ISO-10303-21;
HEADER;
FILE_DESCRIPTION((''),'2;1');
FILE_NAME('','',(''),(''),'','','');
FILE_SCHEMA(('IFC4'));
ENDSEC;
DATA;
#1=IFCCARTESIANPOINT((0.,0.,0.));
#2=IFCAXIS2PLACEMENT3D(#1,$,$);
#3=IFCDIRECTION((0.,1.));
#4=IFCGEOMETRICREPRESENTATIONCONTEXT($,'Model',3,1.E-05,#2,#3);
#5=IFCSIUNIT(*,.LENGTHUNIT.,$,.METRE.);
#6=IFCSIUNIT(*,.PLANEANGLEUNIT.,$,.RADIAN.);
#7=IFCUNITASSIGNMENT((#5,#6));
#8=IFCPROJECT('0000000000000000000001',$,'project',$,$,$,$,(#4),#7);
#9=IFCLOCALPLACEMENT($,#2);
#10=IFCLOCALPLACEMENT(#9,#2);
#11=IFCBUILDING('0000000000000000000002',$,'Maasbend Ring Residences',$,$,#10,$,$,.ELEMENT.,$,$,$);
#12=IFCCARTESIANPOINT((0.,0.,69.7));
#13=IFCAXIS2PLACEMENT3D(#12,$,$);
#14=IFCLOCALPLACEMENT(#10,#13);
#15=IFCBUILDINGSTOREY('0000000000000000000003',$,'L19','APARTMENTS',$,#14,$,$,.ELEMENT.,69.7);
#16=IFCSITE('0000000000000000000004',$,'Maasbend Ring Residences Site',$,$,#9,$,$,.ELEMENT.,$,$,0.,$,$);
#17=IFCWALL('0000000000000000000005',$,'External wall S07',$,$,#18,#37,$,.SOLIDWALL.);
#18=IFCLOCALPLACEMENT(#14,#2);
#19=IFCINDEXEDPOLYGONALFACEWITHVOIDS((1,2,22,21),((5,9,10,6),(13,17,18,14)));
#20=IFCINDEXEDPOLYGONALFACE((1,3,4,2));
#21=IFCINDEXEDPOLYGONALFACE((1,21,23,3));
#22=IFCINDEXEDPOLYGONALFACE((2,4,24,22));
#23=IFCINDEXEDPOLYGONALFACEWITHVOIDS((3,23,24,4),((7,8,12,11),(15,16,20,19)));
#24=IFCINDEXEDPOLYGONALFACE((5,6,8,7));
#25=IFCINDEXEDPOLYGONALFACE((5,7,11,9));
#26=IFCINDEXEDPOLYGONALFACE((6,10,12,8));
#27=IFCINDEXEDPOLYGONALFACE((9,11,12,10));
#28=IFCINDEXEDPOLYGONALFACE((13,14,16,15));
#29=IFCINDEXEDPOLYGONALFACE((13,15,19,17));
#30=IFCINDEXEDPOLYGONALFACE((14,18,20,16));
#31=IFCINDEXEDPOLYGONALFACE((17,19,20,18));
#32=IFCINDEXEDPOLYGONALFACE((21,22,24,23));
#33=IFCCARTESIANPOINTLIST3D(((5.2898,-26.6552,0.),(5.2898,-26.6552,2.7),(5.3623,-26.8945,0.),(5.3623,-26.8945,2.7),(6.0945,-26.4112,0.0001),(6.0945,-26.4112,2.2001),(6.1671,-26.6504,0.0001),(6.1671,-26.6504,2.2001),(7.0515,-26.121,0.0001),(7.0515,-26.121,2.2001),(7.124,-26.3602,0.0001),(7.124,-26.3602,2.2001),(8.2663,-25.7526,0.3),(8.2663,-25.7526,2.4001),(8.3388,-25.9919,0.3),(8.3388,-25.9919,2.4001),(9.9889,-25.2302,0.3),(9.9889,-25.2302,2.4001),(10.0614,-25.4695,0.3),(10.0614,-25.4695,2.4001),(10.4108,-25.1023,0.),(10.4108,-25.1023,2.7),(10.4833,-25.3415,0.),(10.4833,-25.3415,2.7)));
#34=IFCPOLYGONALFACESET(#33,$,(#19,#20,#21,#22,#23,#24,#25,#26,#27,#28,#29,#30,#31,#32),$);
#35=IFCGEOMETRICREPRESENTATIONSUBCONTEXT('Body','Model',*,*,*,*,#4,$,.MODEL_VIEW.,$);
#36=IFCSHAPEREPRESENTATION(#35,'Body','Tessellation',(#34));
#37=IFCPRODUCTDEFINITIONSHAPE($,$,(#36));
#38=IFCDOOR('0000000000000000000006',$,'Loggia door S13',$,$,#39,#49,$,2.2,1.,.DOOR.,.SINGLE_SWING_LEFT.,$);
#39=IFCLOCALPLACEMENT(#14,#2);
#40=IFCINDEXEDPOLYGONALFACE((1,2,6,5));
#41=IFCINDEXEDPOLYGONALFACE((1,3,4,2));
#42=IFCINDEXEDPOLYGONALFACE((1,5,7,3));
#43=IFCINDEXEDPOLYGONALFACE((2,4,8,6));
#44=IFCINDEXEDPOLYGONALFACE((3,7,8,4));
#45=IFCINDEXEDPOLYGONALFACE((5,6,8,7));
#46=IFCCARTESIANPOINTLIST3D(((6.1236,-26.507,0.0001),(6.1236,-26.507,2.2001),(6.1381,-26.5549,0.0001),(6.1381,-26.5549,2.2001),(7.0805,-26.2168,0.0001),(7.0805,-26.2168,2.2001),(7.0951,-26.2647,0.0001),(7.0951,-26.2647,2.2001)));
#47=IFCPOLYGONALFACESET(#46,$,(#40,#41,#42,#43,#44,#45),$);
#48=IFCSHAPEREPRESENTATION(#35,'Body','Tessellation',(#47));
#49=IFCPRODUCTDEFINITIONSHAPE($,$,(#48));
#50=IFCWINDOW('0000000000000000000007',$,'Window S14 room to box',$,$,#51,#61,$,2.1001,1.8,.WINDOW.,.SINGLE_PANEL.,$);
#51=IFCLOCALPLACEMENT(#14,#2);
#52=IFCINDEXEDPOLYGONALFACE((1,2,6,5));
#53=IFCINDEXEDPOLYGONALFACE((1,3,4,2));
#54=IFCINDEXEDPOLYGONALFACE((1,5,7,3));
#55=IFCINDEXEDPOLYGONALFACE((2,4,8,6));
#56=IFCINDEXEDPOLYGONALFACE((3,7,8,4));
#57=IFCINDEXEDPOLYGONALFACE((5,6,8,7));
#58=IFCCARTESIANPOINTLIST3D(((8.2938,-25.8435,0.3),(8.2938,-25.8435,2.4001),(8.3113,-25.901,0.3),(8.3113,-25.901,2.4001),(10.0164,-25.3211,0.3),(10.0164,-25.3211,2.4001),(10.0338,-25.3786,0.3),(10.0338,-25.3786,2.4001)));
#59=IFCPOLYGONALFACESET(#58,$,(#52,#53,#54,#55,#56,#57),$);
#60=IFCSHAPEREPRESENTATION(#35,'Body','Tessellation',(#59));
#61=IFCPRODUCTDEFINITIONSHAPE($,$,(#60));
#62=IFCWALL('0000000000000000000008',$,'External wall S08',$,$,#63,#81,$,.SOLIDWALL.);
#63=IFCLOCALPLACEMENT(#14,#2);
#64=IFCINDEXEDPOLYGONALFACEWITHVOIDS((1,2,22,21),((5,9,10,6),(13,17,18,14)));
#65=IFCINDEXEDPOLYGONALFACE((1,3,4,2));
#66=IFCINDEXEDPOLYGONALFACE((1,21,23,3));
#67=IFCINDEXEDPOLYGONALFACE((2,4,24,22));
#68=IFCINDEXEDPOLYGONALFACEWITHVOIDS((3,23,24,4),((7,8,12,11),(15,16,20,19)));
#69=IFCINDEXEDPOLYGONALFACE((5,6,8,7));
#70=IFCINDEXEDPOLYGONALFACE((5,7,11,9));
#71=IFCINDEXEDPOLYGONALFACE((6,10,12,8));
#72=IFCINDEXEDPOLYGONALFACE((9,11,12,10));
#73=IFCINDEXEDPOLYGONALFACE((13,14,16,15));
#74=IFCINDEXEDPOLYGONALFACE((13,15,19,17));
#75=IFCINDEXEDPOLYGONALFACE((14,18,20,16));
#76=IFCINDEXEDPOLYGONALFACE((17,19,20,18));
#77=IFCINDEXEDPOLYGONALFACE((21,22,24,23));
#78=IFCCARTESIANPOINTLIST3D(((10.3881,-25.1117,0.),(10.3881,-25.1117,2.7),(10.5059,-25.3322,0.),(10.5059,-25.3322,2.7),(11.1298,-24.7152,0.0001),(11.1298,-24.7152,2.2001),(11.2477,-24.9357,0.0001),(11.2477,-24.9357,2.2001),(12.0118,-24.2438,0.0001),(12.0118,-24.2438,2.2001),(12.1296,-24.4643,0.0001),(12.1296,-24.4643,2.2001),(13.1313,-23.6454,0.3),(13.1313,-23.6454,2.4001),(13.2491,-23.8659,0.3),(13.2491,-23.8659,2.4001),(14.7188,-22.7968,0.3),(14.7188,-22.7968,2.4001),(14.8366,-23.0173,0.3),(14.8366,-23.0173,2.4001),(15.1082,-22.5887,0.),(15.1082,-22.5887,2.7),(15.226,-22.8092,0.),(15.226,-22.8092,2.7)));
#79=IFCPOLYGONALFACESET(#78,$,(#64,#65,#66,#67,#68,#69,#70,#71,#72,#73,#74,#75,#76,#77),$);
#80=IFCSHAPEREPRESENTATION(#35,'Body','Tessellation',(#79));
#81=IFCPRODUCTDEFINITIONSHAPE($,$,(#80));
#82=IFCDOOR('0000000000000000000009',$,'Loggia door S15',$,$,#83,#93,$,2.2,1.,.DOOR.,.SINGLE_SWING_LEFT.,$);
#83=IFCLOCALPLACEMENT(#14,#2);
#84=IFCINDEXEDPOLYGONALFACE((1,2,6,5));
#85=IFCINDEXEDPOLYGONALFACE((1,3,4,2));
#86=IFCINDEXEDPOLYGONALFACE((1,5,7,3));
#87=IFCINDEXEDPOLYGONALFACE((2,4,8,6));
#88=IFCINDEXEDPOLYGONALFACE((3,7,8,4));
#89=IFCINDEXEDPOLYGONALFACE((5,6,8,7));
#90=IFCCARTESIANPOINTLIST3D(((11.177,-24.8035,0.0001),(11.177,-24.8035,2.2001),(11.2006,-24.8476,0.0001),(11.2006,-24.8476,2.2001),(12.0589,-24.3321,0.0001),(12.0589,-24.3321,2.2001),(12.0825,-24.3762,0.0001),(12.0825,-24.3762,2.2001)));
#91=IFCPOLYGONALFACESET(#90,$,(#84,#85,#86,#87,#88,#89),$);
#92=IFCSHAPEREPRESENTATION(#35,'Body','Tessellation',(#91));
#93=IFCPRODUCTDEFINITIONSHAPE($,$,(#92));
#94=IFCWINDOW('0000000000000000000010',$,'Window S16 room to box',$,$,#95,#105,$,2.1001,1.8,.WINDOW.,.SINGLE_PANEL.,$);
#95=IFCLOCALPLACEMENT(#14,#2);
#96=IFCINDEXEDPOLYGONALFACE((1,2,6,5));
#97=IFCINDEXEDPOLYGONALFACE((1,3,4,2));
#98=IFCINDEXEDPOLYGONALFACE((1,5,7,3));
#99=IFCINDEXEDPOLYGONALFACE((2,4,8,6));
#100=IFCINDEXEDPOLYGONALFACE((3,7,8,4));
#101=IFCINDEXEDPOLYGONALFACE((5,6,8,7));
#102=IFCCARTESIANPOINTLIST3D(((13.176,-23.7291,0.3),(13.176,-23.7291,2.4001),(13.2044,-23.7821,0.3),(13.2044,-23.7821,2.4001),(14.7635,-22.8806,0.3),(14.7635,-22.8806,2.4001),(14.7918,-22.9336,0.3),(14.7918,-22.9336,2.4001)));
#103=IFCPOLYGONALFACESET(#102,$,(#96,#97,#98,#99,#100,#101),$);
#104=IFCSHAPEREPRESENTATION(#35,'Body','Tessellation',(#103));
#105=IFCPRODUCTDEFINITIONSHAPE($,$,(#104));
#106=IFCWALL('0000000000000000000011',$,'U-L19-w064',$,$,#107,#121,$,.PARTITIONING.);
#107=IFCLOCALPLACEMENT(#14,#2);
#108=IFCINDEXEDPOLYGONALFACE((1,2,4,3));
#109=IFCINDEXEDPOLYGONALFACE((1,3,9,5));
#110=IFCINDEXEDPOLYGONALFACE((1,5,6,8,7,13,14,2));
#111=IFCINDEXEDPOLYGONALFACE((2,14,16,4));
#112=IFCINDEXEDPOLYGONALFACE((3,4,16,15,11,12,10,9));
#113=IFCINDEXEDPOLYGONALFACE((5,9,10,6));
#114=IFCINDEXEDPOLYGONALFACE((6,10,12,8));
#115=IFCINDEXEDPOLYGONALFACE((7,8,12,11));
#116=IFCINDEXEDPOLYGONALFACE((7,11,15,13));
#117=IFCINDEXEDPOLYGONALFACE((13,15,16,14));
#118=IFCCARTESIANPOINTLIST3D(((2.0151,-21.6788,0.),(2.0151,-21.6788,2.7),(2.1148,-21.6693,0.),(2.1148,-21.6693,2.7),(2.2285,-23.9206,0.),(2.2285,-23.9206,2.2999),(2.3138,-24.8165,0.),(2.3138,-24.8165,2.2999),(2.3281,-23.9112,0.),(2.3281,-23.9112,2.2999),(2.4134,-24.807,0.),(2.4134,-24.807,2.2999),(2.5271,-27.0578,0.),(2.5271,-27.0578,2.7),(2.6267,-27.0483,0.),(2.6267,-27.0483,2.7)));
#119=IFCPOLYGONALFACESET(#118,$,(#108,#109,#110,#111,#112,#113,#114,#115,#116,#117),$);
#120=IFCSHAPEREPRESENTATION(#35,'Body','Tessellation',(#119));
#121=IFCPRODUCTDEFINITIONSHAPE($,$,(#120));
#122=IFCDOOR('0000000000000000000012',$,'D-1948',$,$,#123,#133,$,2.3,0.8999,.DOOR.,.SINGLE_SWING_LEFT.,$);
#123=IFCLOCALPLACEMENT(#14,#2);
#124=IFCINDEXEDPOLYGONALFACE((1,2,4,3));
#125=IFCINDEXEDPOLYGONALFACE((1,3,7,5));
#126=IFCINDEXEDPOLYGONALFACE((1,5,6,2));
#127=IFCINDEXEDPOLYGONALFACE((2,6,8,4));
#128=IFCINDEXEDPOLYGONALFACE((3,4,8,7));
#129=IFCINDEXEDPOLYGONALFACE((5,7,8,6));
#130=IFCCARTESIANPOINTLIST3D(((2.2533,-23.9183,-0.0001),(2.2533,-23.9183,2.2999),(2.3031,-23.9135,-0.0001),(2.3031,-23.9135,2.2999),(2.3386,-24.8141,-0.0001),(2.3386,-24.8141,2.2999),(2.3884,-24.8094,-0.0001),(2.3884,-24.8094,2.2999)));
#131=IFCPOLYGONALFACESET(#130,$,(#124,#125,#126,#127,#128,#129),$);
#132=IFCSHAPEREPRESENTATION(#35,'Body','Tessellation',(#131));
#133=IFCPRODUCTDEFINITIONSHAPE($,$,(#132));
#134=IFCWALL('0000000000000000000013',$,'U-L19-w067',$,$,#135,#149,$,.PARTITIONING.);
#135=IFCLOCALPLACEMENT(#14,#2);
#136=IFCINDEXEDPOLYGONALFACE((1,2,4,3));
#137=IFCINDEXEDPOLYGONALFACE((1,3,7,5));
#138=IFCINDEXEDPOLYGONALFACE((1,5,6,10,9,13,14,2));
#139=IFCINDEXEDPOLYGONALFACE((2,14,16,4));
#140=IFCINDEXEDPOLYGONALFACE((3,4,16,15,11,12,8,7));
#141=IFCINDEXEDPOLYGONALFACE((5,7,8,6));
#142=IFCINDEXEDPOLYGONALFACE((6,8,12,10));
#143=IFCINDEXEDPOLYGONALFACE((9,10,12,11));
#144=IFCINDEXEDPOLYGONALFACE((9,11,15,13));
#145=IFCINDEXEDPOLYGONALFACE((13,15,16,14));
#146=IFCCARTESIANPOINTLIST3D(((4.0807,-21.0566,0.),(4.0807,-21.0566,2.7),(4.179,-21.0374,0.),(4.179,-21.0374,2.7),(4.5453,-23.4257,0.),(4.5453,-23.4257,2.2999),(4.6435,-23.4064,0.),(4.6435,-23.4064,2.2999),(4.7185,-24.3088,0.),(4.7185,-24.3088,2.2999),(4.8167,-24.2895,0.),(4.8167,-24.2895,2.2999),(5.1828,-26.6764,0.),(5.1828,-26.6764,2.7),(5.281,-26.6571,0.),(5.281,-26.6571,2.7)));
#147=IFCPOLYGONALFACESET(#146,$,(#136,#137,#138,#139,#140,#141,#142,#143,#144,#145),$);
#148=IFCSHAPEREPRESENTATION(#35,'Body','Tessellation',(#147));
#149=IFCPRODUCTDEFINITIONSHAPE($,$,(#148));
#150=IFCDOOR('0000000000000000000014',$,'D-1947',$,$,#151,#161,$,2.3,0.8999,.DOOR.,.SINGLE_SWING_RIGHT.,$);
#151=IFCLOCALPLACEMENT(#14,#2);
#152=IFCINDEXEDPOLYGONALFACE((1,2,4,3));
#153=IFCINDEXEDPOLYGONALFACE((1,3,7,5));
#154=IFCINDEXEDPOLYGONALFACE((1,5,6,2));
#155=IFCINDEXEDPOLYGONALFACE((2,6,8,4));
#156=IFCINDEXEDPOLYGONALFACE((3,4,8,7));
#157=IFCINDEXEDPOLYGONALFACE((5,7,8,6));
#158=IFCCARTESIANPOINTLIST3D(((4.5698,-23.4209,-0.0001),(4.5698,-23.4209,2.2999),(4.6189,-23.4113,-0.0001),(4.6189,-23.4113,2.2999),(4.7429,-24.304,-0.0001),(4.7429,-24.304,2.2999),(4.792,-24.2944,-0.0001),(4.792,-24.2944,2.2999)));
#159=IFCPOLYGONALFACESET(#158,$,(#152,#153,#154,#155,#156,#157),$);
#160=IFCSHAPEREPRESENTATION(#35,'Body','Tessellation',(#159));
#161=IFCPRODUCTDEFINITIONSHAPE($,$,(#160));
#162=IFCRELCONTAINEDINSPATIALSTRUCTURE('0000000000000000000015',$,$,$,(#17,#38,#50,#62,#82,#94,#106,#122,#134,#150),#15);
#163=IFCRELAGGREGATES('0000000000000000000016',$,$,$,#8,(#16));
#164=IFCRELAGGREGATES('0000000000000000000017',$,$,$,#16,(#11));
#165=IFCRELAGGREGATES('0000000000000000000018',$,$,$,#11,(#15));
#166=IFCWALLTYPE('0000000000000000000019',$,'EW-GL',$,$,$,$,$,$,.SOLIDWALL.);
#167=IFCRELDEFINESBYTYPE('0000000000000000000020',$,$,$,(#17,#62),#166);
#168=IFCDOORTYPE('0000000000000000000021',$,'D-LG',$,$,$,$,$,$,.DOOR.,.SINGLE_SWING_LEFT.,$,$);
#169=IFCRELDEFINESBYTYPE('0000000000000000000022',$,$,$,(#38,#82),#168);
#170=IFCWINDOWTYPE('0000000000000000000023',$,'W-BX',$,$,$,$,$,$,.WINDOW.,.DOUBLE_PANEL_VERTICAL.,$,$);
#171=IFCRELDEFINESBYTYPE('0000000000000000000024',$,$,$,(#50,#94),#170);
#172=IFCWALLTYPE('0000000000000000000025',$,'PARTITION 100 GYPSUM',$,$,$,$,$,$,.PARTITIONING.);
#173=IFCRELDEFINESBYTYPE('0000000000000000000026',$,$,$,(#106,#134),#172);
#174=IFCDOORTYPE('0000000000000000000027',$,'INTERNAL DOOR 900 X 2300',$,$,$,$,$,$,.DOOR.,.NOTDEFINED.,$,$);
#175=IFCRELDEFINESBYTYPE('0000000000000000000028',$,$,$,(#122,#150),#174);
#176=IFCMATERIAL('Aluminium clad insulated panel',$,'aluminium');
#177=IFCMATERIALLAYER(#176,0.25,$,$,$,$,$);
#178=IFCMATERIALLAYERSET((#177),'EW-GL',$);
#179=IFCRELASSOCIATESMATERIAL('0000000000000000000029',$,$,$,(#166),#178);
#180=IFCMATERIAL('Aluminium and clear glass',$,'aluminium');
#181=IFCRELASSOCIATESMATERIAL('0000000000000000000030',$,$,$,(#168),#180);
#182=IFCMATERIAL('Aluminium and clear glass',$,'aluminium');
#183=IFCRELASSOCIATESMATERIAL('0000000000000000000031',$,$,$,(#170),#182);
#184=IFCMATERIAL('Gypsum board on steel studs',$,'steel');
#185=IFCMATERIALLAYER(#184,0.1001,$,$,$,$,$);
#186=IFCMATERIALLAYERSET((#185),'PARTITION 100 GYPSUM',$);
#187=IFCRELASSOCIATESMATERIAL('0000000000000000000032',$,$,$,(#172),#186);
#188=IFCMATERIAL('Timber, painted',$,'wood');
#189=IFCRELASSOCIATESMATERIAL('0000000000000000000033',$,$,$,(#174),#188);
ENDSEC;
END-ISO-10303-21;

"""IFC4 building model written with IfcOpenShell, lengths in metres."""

from ifc_helpers import new_model, si_unit, direction, frame, frame_2d, origin, place, context, subcontext, project, spatial, rectangle, extrude, material, layer, layer_set, type_object, element, fill, save


model = new_model("IFC4")

# Units and contexts
model_context = context("Model", 3, precision=1e-05, world=origin(), true_north=direction((0.0, 1.0)))
body_context = subcontext(model_context, "Body", "Model", "MODEL_VIEW")
ifc_project = project(units=[si_unit("LENGTHUNIT", "METRE"), si_unit("PLANEANGLEUNIT", "RADIAN")], contexts=[model_context])

# Site, building, storey
site_placement = place(None, origin())
site = spatial("IfcSite", under=ifc_project, at=site_placement, Name="Maasbend Ring Residences Site", CompositionType="ELEMENT", RefElevation=0.0)
building_placement = place(site_placement, origin())
building = spatial("IfcBuilding", under=site, at=building_placement, Name="Maasbend Ring Residences", CompositionType="ELEMENT")
storey_placement = place(building_placement, frame((0.0, 0.0, 69.7)))
storey = spatial("IfcBuildingStorey", under=building, at=storey_placement, Name="L19", Description="APARTMENTS", CompositionType="ELEMENT", Elevation=69.7)

# Walls, openings, doors, windows
ifc_material_1 = material(Name="Aluminium clad insulated panel", Category="aluminium")
ifc_layer_1 = layer(ifc_material_1, 0.25)
ifc_layer_set_1 = layer_set([ifc_layer_1], Name="EW-GL")
wall_type_1 = type_object("IfcWallType", Name="EW-GL", PredefinedType="SOLIDWALL", material=ifc_layer_set_1)
wall_1_placement = place(storey_placement, frame((5.3259, -26.7749, 0.0), z_axis=(0.0, 0.0, 1.0), x_axis=(0.956966, 0.290201, 0.0)))
wall_1 = element("IfcWall", 1, at=wall_1_placement, inside=storey, type_object=wall_type_1, Name="External wall S07", PredefinedType="SOLIDWALL", context=body_context, shape_type="SweptSolid", body=[
    extrude(rectangle(XDim=5.3513, YDim=0.25, at=frame_2d((2.6758, 0.0))), origin(), (0.0, 0.0, 1.0), 2.7),
])
opening_1_placement = place(wall_1_placement, frame((0.8411, 0.0, 0.0)))
opening_1 = element("IfcOpeningElement", 2, at=opening_1_placement, cuts=wall_1, PredefinedType="OPENING", context=body_context, shape_type="SweptSolid", body=[
    extrude(rectangle(XDim=1.0, YDim=2.2, at=frame_2d((0.5, 1.1001))), frame((0.0, 0.135, 0.0), z_axis=(0.0, -1.0, 0.0), x_axis=(1.0, 0.0, 0.0)), (0.0, 0.0, 1.0), 0.27),
])
opening_2_placement = place(wall_1_placement, frame((3.1106, 0.0, 0.3)))
opening_2 = element("IfcOpeningElement", 3, at=opening_2_placement, cuts=wall_1, PredefinedType="OPENING", context=body_context, shape_type="SweptSolid", body=[
    extrude(rectangle(XDim=1.8, YDim=2.1001, at=frame_2d((0.8999, 1.05))), frame((0.0, 0.135, 0.0), z_axis=(0.0, -1.0, 0.0), x_axis=(1.0, 0.0, 0.0)), (0.0, 0.0, 1.0), 0.27),
])
ifc_material_2 = material(Name="Aluminium and clear glass", Category="aluminium")
door_type_1 = type_object("IfcDoorType", Name="D-LG", OperationType="SINGLE_SWING_LEFT", PredefinedType="DOOR", material=ifc_material_2)
door_1_placement = place(opening_1_placement, origin())
door_1 = element("IfcDoor", 4, at=door_1_placement, inside=storey, type_object=door_type_1, Name="Loggia door S13", OperationType="SINGLE_SWING_LEFT", OverallHeight=2.2, OverallWidth=1.0, PredefinedType="DOOR", context=body_context, shape_type="SweptSolid", body=[
    extrude(rectangle(XDim=1.0, YDim=2.2, at=frame_2d((0.5, 1.1001))), frame((0.0, 0.0249, 0.0), z_axis=(0.0, -1.0, 0.0), x_axis=(1.0, 0.0, 0.0)), (0.0, 0.0, 1.0), 0.05),
])
fill(opening_1, door_1)
ifc_material_3 = material(Name="Aluminium and clear glass", Category="aluminium")
window_type_1 = type_object("IfcWindowType", Name="W-BX", PartitioningType="DOUBLE_PANEL_VERTICAL", PredefinedType="WINDOW", material=ifc_material_3)
window_1_placement = place(opening_2_placement, origin())
window_1 = element("IfcWindow", 5, at=window_1_placement, inside=storey, type_object=window_type_1, Name="Window S14 room to box", OverallHeight=2.1001, OverallWidth=1.8, PartitioningType="SINGLE_PANEL", PredefinedType="WINDOW", context=body_context, shape_type="SweptSolid", body=[
    extrude(rectangle(XDim=1.8, YDim=2.1001, at=frame_2d((0.8999, 1.05))), frame((0.0, 0.03, 0.0), z_axis=(0.0, -1.0, 0.0), x_axis=(1.0, 0.0, 0.0)), (0.0, 0.0, 1.0), 0.0601),
])
fill(opening_2, window_1)
wall_2_placement = place(storey_placement, frame((10.447, -25.2219, 0.0), z_axis=(0.0, 0.0, 1.0), x_axis=(0.881916, 0.471407, 0.0)))
wall_2 = element("IfcWall", 6, at=wall_2_placement, inside=storey, type_object=wall_type_1, Name="External wall S08", PredefinedType="SOLIDWALL", context=body_context, shape_type="SweptSolid", body=[
    extrude(rectangle(XDim=5.3521, YDim=0.25, at=frame_2d((2.676, 0.0))), origin(), (0.0, 0.0, 1.0), 2.7),
])
opening_3_placement = place(wall_2_placement, frame((0.8411, 0.0, 0.0)))
opening_3 = element("IfcOpeningElement", 7, at=opening_3_placement, cuts=wall_2, PredefinedType="OPENING", context=body_context, shape_type="SweptSolid", body=[
    extrude(rectangle(XDim=1.0, YDim=2.2, at=frame_2d((0.5, 1.1001))), frame((0.0, 0.135, 0.0), z_axis=(0.0, -1.0, 0.0), x_axis=(1.0, 0.0, 0.0)), (0.0, 0.0, 1.0), 0.27),
])
opening_4_placement = place(wall_2_placement, frame((3.1106, 0.0, 0.3)))
opening_4 = element("IfcOpeningElement", 8, at=opening_4_placement, cuts=wall_2, PredefinedType="OPENING", context=body_context, shape_type="SweptSolid", body=[
    extrude(rectangle(XDim=1.8, YDim=2.1001, at=frame_2d((0.8999, 1.05))), frame((0.0, 0.135, 0.0), z_axis=(0.0, -1.0, 0.0), x_axis=(1.0, 0.0, 0.0)), (0.0, 0.0, 1.0), 0.27),
])
door_2_placement = place(opening_3_placement, origin())
door_2 = element("IfcDoor", 9, at=door_2_placement, inside=storey, type_object=door_type_1, Name="Loggia door S15", OperationType="SINGLE_SWING_LEFT", OverallHeight=2.2, OverallWidth=1.0, PredefinedType="DOOR", context=body_context, shape_type="SweptSolid", body=[
    extrude(rectangle(XDim=1.0, YDim=2.2, at=frame_2d((0.5, 1.1001))), frame((0.0, 0.0249, 0.0), z_axis=(0.0, -1.0, 0.0), x_axis=(1.0, 0.0, 0.0)), (0.0, 0.0, 1.0), 0.05),
])
fill(opening_3, door_2)
window_2_placement = place(opening_4_placement, origin())
window_2 = element("IfcWindow", 10, at=window_2_placement, inside=storey, type_object=window_type_1, Name="Window S16 room to box", OverallHeight=2.1001, OverallWidth=1.8, PartitioningType="SINGLE_PANEL", PredefinedType="WINDOW", context=body_context, shape_type="SweptSolid", body=[
    extrude(rectangle(XDim=1.8, YDim=2.1001, at=frame_2d((0.8999, 1.05))), frame((0.0, 0.03, 0.0), z_axis=(0.0, -1.0, 0.0), x_axis=(1.0, 0.0, 0.0)), (0.0, 0.0, 1.0), 0.0601),
])
fill(opening_4, window_2)

# Walls, openings, doors
ifc_material_4 = material(Name="Gypsum board on steel studs", Category="steel")
ifc_layer_2 = layer(ifc_material_4, 0.1001)
ifc_layer_set_2 = layer_set([ifc_layer_2], Name="PARTITION 100 GYPSUM")
wall_type_2 = type_object("IfcWallType", Name="PARTITION 100 GYPSUM", PredefinedType="PARTITIONING", material=ifc_layer_set_2)
wall_3_placement = place(storey_placement, frame((2.0649, -21.6741, 0.0), z_axis=(0.0, 0.0, 1.0), x_axis=(0.094752, -0.995501, 0.0)))
wall_3 = element("IfcWall", 11, at=wall_3_placement, inside=storey, type_object=wall_type_2, Name="U-L19-w064", PredefinedType="PARTITIONING", context=body_context, shape_type="SweptSolid", body=[
    extrude(rectangle(XDim=5.4033, YDim=0.1001, at=frame_2d((2.7017, 0.0))), origin(), (0.0, 0.0, 1.0), 2.7),
])
opening_5_placement = place(wall_3_placement, frame((2.252, 0.0, 0.0)))
opening_5 = element("IfcOpeningElement", 12, at=opening_5_placement, cuts=wall_3, PredefinedType="OPENING", context=body_context, shape_type="SweptSolid", body=[
    extrude(rectangle(XDim=0.8999, YDim=2.3, at=frame_2d((0.45, 1.1499))), frame((0.0, 0.0601, 0.0), z_axis=(0.0, -1.0, 0.0), x_axis=(1.0, 0.0, 0.0)), (0.0, 0.0, 1.0), 0.1201),
])
ifc_material_5 = material(Name="Timber, painted", Category="wood")
door_type_2 = type_object("IfcDoorType", Name="INTERNAL DOOR 900 X 2300", OperationType="NOTDEFINED", PredefinedType="DOOR", material=ifc_material_5)
door_3_placement = place(opening_5_placement, origin())
door_3 = element("IfcDoor", 13, at=door_3_placement, inside=storey, type_object=door_type_2, Name="D-1948", OperationType="SINGLE_SWING_LEFT", OverallHeight=2.3, OverallWidth=0.8999, PredefinedType="DOOR", context=body_context, shape_type="SweptSolid", body=[
    extrude(rectangle(XDim=0.8999, YDim=2.3, at=frame_2d((0.45, 1.1499))), frame((0.0, 0.0249, 0.0), z_axis=(0.0, -1.0, 0.0), x_axis=(1.0, 0.0, 0.0)), (0.0, 0.0, 1.0), 0.05),
])
fill(opening_5, door_3)
wall_4_placement = place(storey_placement, frame((4.1299, -21.0471, 0.0), z_axis=(0.0, 0.0, 1.0), x_axis=(0.192434, -0.98131, 0.0)))
wall_4 = element("IfcWall", 14, at=wall_4_placement, inside=storey, type_object=wall_type_2, Name="U-L19-w067", PredefinedType="PARTITIONING", context=body_context, shape_type="SweptSolid", body=[
    extrude(rectangle(XDim=5.7268, YDim=0.1001, at=frame_2d((2.8633, 0.0))), origin(), (0.0, 0.0, 1.0), 2.7),
])
opening_6_placement = place(wall_4_placement, frame((2.4141, 0.0, 0.0)))
opening_6 = element("IfcOpeningElement", 15, at=opening_6_placement, cuts=wall_4, PredefinedType="OPENING", context=body_context, shape_type="SweptSolid", body=[
    extrude(rectangle(XDim=0.8999, YDim=2.3, at=frame_2d((0.45, 1.1499))), frame((0.0, 0.0601, 0.0), z_axis=(0.0, -1.0, 0.0), x_axis=(1.0, 0.0, 0.0)), (0.0, 0.0, 1.0), 0.1201),
])
door_4_placement = place(opening_6_placement, origin())
door_4 = element("IfcDoor", 16, at=door_4_placement, inside=storey, type_object=door_type_2, Name="D-1947", OperationType="SINGLE_SWING_RIGHT", OverallHeight=2.3, OverallWidth=0.8999, PredefinedType="DOOR", context=body_context, shape_type="SweptSolid", body=[
    extrude(rectangle(XDim=0.8999, YDim=2.3, at=frame_2d((0.45, 1.1499))), frame((0.0, 0.0249, 0.0), z_axis=(0.0, -1.0, 0.0), x_axis=(1.0, 0.0, 0.0)), (0.0, 0.0, 1.0), 0.05),
])
fill(opening_6, door_4)

save(model, "model.ifc")
